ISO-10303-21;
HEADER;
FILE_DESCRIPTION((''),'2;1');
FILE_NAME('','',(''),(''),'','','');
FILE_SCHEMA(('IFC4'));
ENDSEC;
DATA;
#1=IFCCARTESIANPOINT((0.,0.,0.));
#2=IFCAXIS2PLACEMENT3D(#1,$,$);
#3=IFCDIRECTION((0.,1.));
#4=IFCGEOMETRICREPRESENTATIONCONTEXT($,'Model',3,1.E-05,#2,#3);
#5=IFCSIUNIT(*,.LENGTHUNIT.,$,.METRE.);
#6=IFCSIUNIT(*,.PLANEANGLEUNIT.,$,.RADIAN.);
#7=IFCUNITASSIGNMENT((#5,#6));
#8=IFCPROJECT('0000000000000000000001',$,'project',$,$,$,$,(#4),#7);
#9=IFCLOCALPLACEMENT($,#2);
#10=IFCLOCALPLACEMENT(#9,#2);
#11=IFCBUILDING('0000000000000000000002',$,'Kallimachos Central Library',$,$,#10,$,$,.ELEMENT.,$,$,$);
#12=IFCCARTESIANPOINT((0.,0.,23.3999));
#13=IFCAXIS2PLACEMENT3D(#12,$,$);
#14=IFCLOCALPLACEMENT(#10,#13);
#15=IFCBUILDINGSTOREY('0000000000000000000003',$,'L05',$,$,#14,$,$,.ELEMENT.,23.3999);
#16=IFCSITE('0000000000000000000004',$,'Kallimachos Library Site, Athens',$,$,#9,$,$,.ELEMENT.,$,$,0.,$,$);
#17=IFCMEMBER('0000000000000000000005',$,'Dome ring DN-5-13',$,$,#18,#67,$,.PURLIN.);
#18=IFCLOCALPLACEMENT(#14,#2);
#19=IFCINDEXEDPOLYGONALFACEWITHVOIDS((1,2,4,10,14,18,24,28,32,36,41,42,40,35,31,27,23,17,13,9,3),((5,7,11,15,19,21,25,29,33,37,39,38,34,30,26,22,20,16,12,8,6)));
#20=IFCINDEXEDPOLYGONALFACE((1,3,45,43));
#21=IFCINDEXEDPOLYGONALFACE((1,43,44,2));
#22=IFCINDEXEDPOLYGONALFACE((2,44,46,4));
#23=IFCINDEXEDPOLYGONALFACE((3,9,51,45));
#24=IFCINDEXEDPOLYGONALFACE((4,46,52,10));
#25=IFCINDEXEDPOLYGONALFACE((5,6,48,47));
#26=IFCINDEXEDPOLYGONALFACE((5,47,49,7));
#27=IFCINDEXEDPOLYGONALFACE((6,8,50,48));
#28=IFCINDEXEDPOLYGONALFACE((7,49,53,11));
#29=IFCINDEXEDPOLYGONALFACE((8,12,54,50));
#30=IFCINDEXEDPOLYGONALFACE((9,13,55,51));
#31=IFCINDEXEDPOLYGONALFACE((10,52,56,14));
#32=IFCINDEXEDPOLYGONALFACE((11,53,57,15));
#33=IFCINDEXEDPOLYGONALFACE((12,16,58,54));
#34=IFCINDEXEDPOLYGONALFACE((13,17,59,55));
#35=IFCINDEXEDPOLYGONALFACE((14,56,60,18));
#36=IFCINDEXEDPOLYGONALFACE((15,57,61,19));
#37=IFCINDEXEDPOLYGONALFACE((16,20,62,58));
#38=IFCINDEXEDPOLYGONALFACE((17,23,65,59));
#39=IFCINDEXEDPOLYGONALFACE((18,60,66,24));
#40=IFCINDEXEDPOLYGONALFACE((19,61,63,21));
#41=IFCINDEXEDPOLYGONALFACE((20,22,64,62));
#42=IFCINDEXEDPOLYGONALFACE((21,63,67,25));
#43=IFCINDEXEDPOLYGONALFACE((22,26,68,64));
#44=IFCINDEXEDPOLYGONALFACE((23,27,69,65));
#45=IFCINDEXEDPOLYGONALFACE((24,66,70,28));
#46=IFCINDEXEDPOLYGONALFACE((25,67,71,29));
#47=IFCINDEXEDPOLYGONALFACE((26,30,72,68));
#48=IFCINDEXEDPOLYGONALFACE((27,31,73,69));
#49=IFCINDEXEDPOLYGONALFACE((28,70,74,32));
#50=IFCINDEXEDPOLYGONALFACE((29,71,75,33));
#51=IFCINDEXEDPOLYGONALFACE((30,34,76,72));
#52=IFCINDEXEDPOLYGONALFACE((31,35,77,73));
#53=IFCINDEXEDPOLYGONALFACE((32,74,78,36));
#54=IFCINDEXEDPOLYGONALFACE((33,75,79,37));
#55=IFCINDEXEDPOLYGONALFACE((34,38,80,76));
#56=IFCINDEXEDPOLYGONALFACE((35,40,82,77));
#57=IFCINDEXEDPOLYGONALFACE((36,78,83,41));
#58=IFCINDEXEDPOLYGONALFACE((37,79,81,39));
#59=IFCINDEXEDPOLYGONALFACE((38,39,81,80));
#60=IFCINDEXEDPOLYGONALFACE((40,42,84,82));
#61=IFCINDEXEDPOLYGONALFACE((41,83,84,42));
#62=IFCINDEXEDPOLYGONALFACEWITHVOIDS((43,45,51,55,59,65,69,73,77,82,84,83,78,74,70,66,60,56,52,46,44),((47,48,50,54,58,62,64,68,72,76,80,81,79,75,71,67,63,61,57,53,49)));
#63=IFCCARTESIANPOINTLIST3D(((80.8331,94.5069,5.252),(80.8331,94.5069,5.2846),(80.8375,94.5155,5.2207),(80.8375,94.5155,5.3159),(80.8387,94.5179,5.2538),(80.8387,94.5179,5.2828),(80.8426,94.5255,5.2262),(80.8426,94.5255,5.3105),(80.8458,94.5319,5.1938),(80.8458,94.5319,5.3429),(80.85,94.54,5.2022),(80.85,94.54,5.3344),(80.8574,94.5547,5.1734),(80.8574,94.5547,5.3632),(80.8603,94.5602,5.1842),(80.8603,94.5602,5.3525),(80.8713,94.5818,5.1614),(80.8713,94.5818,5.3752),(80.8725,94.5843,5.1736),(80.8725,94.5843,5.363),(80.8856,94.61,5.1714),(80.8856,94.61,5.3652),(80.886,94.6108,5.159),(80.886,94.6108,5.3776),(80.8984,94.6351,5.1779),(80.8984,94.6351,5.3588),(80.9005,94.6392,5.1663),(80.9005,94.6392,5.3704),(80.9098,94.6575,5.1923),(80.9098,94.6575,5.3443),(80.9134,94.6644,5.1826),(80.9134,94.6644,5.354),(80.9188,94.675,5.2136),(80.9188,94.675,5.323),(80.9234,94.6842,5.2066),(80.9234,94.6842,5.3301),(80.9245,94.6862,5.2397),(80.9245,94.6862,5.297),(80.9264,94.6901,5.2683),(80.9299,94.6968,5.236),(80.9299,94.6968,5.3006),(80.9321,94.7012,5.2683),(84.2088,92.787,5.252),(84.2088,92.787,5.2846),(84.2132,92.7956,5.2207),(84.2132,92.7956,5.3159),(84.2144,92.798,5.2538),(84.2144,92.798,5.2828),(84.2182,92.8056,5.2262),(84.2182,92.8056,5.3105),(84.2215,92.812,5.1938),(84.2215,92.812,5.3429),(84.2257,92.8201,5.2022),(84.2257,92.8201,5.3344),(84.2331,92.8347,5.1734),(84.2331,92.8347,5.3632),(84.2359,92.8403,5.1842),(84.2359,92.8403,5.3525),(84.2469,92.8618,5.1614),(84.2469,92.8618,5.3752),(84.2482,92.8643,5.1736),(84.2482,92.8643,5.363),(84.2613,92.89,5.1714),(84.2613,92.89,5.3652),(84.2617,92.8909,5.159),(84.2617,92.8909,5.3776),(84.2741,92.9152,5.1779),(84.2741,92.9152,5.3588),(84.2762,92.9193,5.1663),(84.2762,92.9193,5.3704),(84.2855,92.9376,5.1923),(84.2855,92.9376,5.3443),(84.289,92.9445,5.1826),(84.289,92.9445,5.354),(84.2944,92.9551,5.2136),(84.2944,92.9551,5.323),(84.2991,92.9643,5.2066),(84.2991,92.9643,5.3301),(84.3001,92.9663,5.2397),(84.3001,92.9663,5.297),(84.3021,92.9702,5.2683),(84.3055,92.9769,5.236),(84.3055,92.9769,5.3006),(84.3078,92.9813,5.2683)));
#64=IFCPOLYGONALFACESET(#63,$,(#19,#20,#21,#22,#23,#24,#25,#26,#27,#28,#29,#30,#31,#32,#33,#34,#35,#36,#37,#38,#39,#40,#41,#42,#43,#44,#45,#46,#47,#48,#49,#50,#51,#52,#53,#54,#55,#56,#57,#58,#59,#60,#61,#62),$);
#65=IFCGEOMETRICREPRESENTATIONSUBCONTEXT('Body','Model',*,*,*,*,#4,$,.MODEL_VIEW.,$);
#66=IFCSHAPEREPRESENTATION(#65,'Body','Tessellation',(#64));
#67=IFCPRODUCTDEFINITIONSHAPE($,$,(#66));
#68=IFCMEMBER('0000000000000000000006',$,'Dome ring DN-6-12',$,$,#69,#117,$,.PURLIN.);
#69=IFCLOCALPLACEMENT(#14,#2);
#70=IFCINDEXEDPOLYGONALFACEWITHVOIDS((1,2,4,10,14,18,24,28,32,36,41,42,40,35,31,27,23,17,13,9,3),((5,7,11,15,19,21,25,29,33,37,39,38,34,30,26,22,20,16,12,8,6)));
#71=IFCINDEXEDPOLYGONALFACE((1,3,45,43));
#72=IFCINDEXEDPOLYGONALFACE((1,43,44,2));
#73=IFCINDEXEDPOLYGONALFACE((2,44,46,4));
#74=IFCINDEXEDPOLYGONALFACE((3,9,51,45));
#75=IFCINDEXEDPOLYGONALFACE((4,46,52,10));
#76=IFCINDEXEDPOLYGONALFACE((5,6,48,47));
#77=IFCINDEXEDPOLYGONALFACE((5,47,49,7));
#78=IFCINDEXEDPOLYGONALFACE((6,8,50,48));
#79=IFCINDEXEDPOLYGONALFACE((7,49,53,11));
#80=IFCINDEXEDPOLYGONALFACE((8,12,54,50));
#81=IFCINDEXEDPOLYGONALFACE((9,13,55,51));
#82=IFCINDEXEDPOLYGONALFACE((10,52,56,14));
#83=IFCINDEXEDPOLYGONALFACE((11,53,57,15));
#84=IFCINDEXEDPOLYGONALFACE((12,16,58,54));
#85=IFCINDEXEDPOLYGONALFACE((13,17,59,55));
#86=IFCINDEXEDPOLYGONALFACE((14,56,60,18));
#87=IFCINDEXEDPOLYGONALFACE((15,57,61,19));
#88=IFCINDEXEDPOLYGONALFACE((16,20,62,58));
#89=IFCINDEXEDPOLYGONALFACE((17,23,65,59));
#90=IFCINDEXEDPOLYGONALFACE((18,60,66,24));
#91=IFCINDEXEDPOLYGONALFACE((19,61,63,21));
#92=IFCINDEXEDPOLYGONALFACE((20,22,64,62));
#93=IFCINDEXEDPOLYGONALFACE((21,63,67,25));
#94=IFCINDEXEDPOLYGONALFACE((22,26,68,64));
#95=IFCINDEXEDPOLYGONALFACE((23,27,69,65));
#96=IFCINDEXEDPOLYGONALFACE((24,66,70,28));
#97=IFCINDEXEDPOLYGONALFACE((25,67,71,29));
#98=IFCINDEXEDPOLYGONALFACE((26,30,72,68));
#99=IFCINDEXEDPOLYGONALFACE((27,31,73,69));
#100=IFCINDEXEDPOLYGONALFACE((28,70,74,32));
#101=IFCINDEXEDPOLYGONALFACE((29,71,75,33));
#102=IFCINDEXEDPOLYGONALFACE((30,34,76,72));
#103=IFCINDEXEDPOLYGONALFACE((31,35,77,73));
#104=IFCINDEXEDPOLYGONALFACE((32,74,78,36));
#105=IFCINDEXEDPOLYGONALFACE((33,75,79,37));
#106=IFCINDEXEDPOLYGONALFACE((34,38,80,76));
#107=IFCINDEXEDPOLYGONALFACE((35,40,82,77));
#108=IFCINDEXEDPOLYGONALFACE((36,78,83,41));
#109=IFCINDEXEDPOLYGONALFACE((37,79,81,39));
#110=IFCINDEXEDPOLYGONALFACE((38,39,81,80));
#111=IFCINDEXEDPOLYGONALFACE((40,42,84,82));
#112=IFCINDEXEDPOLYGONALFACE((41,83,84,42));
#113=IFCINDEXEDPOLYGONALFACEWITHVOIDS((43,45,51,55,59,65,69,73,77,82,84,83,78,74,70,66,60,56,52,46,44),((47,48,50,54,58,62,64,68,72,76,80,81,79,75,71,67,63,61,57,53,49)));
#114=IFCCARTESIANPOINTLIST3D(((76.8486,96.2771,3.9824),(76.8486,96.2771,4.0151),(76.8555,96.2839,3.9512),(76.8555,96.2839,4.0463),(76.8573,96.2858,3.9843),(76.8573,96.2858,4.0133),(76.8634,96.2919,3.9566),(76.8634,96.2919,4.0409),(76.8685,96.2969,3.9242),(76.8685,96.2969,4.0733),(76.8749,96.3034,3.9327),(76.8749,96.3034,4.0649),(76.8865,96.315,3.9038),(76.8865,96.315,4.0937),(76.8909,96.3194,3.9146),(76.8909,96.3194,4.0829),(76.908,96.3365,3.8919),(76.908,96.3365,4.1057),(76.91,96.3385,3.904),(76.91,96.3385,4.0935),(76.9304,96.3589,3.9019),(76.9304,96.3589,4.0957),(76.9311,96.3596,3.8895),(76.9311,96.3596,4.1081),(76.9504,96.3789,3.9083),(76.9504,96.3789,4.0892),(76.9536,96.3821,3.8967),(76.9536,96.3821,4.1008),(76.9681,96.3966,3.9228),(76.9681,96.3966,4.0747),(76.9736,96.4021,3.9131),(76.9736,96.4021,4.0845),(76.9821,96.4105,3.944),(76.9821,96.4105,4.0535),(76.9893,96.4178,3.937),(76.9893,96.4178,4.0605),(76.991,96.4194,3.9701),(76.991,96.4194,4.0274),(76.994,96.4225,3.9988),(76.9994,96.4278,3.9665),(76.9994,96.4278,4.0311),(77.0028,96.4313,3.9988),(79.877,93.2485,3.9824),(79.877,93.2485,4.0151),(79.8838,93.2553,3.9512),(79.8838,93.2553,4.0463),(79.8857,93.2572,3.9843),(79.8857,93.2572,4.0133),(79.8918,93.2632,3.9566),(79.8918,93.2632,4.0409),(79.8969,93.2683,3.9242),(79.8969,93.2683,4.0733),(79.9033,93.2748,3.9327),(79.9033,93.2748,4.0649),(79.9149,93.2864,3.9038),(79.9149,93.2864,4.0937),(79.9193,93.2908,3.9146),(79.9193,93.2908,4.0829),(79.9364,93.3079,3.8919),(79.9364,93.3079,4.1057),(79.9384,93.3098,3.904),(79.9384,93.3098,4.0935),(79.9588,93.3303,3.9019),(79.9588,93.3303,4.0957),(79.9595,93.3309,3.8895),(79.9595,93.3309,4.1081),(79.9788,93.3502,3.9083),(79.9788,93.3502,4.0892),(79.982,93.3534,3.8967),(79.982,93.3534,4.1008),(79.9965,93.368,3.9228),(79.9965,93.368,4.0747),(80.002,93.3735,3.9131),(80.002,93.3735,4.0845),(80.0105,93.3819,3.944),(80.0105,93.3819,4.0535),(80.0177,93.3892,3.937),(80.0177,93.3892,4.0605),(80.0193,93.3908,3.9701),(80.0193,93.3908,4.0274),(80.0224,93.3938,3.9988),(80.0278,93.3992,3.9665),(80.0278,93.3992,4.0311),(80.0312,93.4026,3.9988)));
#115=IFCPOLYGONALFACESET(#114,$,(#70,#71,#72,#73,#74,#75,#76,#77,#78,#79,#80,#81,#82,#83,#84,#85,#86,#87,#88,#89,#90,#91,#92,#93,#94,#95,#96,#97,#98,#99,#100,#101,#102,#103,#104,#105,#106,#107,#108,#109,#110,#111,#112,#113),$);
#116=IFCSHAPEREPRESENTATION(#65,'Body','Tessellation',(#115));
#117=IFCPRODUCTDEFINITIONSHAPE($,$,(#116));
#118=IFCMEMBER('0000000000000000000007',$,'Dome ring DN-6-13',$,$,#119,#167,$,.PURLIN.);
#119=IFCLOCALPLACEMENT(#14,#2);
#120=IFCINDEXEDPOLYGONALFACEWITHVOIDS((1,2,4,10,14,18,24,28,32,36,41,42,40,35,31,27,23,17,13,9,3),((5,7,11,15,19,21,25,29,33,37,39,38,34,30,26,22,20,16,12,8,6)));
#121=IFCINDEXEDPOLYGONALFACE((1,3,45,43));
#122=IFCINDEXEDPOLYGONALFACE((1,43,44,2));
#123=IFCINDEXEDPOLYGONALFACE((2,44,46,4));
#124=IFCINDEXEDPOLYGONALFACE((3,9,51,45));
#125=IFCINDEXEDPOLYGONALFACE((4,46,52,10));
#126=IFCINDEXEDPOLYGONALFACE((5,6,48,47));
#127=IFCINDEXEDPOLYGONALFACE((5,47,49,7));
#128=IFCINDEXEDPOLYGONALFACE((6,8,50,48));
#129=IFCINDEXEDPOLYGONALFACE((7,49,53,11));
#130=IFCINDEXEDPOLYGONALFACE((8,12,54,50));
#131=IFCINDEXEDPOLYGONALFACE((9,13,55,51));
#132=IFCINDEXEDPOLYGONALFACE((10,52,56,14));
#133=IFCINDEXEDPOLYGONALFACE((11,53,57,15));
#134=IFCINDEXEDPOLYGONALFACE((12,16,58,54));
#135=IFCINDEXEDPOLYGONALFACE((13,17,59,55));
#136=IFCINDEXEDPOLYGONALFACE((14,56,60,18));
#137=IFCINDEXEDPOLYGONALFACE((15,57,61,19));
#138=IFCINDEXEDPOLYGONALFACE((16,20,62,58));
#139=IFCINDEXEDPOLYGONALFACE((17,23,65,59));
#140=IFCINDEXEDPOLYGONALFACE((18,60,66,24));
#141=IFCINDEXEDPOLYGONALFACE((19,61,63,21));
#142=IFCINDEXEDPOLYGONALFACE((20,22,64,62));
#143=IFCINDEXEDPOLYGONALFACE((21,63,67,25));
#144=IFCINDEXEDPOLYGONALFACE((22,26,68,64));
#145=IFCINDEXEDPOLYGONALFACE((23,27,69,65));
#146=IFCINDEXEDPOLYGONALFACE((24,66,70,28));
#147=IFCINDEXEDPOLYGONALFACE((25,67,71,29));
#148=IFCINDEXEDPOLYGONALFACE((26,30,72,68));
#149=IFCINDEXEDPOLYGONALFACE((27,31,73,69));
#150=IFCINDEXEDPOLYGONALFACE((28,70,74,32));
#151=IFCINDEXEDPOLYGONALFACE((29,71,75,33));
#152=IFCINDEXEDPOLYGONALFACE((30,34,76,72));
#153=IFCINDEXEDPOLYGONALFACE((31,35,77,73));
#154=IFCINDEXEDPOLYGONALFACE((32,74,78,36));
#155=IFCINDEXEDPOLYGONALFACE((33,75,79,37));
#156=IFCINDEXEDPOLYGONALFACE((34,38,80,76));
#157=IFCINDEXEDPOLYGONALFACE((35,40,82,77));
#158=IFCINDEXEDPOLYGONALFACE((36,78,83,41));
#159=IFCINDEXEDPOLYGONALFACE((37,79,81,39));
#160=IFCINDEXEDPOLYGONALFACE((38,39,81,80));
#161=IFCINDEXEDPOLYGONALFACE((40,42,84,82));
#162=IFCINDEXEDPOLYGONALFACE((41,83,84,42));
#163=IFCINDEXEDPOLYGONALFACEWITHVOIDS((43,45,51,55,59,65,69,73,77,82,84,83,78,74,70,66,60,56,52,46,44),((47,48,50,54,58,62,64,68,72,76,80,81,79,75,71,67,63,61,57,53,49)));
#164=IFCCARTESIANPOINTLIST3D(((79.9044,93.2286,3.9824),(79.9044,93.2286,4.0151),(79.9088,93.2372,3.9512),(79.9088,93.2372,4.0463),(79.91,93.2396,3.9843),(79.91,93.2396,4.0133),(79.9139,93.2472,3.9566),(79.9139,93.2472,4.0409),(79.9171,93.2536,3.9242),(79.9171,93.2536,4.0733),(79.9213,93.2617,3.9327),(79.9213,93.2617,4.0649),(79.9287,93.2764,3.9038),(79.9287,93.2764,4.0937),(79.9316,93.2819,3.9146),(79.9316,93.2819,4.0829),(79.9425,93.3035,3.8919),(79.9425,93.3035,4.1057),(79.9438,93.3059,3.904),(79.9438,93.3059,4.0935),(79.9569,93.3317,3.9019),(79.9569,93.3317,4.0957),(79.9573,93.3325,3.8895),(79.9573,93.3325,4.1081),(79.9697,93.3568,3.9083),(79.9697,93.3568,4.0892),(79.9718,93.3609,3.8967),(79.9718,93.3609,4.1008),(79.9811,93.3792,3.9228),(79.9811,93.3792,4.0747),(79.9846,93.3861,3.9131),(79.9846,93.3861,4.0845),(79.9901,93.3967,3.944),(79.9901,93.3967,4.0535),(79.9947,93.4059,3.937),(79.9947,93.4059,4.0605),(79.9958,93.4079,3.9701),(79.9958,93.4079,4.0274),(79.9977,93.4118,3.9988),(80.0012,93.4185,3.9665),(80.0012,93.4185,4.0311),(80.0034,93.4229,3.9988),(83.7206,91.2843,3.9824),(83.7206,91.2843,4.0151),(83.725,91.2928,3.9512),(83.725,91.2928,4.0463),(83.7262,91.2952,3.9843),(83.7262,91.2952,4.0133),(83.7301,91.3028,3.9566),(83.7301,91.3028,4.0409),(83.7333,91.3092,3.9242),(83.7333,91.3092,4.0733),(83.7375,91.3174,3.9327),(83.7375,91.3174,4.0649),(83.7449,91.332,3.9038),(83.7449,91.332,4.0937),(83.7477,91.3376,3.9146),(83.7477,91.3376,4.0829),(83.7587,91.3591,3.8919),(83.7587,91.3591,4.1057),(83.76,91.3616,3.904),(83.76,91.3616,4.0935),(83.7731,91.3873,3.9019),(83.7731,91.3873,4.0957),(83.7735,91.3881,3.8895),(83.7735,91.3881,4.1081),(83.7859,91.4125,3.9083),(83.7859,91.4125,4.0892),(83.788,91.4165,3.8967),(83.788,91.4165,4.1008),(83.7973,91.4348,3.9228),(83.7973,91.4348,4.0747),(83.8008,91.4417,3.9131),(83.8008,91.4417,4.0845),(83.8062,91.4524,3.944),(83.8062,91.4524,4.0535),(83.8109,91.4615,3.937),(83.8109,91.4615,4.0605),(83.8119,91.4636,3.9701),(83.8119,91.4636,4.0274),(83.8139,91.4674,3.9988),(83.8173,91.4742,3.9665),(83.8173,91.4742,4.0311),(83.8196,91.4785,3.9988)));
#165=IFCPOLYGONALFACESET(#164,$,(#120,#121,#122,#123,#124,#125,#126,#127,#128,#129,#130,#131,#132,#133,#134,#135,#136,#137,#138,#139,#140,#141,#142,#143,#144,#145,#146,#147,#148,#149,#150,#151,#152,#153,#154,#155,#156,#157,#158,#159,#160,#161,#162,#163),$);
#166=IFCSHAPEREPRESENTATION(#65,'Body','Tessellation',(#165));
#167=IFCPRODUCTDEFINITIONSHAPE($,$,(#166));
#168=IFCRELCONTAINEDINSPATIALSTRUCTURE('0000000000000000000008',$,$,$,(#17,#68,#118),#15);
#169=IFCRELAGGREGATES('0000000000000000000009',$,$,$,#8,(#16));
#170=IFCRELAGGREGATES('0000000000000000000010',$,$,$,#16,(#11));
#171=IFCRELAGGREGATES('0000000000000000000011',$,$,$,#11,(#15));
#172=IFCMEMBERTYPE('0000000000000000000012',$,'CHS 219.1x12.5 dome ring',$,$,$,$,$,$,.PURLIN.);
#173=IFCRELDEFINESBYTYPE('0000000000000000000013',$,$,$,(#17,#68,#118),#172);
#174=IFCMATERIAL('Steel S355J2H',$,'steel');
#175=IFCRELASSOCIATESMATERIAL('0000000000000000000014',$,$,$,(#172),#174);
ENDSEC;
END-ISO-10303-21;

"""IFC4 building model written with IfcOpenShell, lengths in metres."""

from ifc_helpers import new_model, si_unit, direction, frame, origin, origin_2d, place, context, subcontext, project, spatial, hollow_circle, extrude, material, material_profile, profile_set, type_object, element, save


model = new_model("IFC4")

# Units and contexts
model_context = context("Model", 3, precision=1e-05, world=origin(), true_north=direction((0.0, 1.0)))
body_context = subcontext(model_context, "Body", "Model", "MODEL_VIEW")
ifc_project = project(units=[si_unit("LENGTHUNIT", "METRE"), si_unit("PLANEANGLEUNIT", "RADIAN")], contexts=[model_context])

# Site, building, storey
site_placement = place(None, origin())
site = spatial("IfcSite", under=ifc_project, at=site_placement, Name="Kallimachos Library Site, Athens", CompositionType="ELEMENT", RefElevation=0.0)
building_placement = place(site_placement, origin())
building = spatial("IfcBuilding", under=site, at=building_placement, Name="Kallimachos Central Library", CompositionType="ELEMENT")
storey_placement = place(building_placement, frame((0.0, 0.0, 23.3999)))
storey = spatial("IfcBuildingStorey", under=building, at=storey_placement, Name="L05", CompositionType="ELEMENT", Elevation=23.3999)

# Members
ifc_material_1 = material(Name="Steel S355J2H", Category="steel")
ifc_material_profile_1 = material_profile(ifc_material_1, hollow_circle(Radius=0.1096, WallThickness=0.0125, at=origin_2d()), Name="CHS 219.1x12.5")
ifc_profile_set_1 = profile_set([ifc_material_profile_1], Name="Steel S355J2H")
member_type_1 = type_object("IfcMemberType", Name="CHS 219.1x12.5 dome ring", PredefinedType="PURLIN", material=ifc_profile_set_1)
for number, where, z_axis, x_axis, name in (
    (1, (80.8823, 94.6035, 5.2683), (0.891012, -0.45398, 0.0), (0.45398, 0.891012, 0.0), "Dome ring DN-5-13"),
):
    element("IfcMember", number, at=place(storey_placement, frame(where, z_axis=z_axis, x_axis=x_axis)), inside=storey, type_object=member_type_1, Name=name, PredefinedType="PURLIN", context=body_context, shape_type="SweptSolid", body=[
        extrude(hollow_circle(Radius=0.1096, WallThickness=0.0125, at=origin_2d()), origin(), (0.0, 0.0, 1.0), 3.7886),
    ])
for number, where, z_axis, x_axis, name in (
    (2, (76.9253, 96.3538, 3.9988), (0.707078, -0.707135, 0.0), (0.707135, 0.707078, 0.0), "Dome ring DN-6-12"),
    (3, (79.9536, 93.3252, 3.9988), (0.891016, -0.453973, 0.0), (0.453973, 0.891016, 0.0), "Dome ring DN-6-13"),
):
    element("IfcMember", number, at=place(storey_placement, frame(where, z_axis=z_axis, x_axis=x_axis)), inside=storey, type_object=member_type_1, Name=name, PredefinedType="PURLIN", context=body_context, shape_type="SweptSolid", body=[
        extrude(hollow_circle(Radius=0.1096, WallThickness=0.0125, at=origin_2d()), origin(), (0.0, 0.0, 1.0), 4.283),
    ])

save(model, "model.ifc")
